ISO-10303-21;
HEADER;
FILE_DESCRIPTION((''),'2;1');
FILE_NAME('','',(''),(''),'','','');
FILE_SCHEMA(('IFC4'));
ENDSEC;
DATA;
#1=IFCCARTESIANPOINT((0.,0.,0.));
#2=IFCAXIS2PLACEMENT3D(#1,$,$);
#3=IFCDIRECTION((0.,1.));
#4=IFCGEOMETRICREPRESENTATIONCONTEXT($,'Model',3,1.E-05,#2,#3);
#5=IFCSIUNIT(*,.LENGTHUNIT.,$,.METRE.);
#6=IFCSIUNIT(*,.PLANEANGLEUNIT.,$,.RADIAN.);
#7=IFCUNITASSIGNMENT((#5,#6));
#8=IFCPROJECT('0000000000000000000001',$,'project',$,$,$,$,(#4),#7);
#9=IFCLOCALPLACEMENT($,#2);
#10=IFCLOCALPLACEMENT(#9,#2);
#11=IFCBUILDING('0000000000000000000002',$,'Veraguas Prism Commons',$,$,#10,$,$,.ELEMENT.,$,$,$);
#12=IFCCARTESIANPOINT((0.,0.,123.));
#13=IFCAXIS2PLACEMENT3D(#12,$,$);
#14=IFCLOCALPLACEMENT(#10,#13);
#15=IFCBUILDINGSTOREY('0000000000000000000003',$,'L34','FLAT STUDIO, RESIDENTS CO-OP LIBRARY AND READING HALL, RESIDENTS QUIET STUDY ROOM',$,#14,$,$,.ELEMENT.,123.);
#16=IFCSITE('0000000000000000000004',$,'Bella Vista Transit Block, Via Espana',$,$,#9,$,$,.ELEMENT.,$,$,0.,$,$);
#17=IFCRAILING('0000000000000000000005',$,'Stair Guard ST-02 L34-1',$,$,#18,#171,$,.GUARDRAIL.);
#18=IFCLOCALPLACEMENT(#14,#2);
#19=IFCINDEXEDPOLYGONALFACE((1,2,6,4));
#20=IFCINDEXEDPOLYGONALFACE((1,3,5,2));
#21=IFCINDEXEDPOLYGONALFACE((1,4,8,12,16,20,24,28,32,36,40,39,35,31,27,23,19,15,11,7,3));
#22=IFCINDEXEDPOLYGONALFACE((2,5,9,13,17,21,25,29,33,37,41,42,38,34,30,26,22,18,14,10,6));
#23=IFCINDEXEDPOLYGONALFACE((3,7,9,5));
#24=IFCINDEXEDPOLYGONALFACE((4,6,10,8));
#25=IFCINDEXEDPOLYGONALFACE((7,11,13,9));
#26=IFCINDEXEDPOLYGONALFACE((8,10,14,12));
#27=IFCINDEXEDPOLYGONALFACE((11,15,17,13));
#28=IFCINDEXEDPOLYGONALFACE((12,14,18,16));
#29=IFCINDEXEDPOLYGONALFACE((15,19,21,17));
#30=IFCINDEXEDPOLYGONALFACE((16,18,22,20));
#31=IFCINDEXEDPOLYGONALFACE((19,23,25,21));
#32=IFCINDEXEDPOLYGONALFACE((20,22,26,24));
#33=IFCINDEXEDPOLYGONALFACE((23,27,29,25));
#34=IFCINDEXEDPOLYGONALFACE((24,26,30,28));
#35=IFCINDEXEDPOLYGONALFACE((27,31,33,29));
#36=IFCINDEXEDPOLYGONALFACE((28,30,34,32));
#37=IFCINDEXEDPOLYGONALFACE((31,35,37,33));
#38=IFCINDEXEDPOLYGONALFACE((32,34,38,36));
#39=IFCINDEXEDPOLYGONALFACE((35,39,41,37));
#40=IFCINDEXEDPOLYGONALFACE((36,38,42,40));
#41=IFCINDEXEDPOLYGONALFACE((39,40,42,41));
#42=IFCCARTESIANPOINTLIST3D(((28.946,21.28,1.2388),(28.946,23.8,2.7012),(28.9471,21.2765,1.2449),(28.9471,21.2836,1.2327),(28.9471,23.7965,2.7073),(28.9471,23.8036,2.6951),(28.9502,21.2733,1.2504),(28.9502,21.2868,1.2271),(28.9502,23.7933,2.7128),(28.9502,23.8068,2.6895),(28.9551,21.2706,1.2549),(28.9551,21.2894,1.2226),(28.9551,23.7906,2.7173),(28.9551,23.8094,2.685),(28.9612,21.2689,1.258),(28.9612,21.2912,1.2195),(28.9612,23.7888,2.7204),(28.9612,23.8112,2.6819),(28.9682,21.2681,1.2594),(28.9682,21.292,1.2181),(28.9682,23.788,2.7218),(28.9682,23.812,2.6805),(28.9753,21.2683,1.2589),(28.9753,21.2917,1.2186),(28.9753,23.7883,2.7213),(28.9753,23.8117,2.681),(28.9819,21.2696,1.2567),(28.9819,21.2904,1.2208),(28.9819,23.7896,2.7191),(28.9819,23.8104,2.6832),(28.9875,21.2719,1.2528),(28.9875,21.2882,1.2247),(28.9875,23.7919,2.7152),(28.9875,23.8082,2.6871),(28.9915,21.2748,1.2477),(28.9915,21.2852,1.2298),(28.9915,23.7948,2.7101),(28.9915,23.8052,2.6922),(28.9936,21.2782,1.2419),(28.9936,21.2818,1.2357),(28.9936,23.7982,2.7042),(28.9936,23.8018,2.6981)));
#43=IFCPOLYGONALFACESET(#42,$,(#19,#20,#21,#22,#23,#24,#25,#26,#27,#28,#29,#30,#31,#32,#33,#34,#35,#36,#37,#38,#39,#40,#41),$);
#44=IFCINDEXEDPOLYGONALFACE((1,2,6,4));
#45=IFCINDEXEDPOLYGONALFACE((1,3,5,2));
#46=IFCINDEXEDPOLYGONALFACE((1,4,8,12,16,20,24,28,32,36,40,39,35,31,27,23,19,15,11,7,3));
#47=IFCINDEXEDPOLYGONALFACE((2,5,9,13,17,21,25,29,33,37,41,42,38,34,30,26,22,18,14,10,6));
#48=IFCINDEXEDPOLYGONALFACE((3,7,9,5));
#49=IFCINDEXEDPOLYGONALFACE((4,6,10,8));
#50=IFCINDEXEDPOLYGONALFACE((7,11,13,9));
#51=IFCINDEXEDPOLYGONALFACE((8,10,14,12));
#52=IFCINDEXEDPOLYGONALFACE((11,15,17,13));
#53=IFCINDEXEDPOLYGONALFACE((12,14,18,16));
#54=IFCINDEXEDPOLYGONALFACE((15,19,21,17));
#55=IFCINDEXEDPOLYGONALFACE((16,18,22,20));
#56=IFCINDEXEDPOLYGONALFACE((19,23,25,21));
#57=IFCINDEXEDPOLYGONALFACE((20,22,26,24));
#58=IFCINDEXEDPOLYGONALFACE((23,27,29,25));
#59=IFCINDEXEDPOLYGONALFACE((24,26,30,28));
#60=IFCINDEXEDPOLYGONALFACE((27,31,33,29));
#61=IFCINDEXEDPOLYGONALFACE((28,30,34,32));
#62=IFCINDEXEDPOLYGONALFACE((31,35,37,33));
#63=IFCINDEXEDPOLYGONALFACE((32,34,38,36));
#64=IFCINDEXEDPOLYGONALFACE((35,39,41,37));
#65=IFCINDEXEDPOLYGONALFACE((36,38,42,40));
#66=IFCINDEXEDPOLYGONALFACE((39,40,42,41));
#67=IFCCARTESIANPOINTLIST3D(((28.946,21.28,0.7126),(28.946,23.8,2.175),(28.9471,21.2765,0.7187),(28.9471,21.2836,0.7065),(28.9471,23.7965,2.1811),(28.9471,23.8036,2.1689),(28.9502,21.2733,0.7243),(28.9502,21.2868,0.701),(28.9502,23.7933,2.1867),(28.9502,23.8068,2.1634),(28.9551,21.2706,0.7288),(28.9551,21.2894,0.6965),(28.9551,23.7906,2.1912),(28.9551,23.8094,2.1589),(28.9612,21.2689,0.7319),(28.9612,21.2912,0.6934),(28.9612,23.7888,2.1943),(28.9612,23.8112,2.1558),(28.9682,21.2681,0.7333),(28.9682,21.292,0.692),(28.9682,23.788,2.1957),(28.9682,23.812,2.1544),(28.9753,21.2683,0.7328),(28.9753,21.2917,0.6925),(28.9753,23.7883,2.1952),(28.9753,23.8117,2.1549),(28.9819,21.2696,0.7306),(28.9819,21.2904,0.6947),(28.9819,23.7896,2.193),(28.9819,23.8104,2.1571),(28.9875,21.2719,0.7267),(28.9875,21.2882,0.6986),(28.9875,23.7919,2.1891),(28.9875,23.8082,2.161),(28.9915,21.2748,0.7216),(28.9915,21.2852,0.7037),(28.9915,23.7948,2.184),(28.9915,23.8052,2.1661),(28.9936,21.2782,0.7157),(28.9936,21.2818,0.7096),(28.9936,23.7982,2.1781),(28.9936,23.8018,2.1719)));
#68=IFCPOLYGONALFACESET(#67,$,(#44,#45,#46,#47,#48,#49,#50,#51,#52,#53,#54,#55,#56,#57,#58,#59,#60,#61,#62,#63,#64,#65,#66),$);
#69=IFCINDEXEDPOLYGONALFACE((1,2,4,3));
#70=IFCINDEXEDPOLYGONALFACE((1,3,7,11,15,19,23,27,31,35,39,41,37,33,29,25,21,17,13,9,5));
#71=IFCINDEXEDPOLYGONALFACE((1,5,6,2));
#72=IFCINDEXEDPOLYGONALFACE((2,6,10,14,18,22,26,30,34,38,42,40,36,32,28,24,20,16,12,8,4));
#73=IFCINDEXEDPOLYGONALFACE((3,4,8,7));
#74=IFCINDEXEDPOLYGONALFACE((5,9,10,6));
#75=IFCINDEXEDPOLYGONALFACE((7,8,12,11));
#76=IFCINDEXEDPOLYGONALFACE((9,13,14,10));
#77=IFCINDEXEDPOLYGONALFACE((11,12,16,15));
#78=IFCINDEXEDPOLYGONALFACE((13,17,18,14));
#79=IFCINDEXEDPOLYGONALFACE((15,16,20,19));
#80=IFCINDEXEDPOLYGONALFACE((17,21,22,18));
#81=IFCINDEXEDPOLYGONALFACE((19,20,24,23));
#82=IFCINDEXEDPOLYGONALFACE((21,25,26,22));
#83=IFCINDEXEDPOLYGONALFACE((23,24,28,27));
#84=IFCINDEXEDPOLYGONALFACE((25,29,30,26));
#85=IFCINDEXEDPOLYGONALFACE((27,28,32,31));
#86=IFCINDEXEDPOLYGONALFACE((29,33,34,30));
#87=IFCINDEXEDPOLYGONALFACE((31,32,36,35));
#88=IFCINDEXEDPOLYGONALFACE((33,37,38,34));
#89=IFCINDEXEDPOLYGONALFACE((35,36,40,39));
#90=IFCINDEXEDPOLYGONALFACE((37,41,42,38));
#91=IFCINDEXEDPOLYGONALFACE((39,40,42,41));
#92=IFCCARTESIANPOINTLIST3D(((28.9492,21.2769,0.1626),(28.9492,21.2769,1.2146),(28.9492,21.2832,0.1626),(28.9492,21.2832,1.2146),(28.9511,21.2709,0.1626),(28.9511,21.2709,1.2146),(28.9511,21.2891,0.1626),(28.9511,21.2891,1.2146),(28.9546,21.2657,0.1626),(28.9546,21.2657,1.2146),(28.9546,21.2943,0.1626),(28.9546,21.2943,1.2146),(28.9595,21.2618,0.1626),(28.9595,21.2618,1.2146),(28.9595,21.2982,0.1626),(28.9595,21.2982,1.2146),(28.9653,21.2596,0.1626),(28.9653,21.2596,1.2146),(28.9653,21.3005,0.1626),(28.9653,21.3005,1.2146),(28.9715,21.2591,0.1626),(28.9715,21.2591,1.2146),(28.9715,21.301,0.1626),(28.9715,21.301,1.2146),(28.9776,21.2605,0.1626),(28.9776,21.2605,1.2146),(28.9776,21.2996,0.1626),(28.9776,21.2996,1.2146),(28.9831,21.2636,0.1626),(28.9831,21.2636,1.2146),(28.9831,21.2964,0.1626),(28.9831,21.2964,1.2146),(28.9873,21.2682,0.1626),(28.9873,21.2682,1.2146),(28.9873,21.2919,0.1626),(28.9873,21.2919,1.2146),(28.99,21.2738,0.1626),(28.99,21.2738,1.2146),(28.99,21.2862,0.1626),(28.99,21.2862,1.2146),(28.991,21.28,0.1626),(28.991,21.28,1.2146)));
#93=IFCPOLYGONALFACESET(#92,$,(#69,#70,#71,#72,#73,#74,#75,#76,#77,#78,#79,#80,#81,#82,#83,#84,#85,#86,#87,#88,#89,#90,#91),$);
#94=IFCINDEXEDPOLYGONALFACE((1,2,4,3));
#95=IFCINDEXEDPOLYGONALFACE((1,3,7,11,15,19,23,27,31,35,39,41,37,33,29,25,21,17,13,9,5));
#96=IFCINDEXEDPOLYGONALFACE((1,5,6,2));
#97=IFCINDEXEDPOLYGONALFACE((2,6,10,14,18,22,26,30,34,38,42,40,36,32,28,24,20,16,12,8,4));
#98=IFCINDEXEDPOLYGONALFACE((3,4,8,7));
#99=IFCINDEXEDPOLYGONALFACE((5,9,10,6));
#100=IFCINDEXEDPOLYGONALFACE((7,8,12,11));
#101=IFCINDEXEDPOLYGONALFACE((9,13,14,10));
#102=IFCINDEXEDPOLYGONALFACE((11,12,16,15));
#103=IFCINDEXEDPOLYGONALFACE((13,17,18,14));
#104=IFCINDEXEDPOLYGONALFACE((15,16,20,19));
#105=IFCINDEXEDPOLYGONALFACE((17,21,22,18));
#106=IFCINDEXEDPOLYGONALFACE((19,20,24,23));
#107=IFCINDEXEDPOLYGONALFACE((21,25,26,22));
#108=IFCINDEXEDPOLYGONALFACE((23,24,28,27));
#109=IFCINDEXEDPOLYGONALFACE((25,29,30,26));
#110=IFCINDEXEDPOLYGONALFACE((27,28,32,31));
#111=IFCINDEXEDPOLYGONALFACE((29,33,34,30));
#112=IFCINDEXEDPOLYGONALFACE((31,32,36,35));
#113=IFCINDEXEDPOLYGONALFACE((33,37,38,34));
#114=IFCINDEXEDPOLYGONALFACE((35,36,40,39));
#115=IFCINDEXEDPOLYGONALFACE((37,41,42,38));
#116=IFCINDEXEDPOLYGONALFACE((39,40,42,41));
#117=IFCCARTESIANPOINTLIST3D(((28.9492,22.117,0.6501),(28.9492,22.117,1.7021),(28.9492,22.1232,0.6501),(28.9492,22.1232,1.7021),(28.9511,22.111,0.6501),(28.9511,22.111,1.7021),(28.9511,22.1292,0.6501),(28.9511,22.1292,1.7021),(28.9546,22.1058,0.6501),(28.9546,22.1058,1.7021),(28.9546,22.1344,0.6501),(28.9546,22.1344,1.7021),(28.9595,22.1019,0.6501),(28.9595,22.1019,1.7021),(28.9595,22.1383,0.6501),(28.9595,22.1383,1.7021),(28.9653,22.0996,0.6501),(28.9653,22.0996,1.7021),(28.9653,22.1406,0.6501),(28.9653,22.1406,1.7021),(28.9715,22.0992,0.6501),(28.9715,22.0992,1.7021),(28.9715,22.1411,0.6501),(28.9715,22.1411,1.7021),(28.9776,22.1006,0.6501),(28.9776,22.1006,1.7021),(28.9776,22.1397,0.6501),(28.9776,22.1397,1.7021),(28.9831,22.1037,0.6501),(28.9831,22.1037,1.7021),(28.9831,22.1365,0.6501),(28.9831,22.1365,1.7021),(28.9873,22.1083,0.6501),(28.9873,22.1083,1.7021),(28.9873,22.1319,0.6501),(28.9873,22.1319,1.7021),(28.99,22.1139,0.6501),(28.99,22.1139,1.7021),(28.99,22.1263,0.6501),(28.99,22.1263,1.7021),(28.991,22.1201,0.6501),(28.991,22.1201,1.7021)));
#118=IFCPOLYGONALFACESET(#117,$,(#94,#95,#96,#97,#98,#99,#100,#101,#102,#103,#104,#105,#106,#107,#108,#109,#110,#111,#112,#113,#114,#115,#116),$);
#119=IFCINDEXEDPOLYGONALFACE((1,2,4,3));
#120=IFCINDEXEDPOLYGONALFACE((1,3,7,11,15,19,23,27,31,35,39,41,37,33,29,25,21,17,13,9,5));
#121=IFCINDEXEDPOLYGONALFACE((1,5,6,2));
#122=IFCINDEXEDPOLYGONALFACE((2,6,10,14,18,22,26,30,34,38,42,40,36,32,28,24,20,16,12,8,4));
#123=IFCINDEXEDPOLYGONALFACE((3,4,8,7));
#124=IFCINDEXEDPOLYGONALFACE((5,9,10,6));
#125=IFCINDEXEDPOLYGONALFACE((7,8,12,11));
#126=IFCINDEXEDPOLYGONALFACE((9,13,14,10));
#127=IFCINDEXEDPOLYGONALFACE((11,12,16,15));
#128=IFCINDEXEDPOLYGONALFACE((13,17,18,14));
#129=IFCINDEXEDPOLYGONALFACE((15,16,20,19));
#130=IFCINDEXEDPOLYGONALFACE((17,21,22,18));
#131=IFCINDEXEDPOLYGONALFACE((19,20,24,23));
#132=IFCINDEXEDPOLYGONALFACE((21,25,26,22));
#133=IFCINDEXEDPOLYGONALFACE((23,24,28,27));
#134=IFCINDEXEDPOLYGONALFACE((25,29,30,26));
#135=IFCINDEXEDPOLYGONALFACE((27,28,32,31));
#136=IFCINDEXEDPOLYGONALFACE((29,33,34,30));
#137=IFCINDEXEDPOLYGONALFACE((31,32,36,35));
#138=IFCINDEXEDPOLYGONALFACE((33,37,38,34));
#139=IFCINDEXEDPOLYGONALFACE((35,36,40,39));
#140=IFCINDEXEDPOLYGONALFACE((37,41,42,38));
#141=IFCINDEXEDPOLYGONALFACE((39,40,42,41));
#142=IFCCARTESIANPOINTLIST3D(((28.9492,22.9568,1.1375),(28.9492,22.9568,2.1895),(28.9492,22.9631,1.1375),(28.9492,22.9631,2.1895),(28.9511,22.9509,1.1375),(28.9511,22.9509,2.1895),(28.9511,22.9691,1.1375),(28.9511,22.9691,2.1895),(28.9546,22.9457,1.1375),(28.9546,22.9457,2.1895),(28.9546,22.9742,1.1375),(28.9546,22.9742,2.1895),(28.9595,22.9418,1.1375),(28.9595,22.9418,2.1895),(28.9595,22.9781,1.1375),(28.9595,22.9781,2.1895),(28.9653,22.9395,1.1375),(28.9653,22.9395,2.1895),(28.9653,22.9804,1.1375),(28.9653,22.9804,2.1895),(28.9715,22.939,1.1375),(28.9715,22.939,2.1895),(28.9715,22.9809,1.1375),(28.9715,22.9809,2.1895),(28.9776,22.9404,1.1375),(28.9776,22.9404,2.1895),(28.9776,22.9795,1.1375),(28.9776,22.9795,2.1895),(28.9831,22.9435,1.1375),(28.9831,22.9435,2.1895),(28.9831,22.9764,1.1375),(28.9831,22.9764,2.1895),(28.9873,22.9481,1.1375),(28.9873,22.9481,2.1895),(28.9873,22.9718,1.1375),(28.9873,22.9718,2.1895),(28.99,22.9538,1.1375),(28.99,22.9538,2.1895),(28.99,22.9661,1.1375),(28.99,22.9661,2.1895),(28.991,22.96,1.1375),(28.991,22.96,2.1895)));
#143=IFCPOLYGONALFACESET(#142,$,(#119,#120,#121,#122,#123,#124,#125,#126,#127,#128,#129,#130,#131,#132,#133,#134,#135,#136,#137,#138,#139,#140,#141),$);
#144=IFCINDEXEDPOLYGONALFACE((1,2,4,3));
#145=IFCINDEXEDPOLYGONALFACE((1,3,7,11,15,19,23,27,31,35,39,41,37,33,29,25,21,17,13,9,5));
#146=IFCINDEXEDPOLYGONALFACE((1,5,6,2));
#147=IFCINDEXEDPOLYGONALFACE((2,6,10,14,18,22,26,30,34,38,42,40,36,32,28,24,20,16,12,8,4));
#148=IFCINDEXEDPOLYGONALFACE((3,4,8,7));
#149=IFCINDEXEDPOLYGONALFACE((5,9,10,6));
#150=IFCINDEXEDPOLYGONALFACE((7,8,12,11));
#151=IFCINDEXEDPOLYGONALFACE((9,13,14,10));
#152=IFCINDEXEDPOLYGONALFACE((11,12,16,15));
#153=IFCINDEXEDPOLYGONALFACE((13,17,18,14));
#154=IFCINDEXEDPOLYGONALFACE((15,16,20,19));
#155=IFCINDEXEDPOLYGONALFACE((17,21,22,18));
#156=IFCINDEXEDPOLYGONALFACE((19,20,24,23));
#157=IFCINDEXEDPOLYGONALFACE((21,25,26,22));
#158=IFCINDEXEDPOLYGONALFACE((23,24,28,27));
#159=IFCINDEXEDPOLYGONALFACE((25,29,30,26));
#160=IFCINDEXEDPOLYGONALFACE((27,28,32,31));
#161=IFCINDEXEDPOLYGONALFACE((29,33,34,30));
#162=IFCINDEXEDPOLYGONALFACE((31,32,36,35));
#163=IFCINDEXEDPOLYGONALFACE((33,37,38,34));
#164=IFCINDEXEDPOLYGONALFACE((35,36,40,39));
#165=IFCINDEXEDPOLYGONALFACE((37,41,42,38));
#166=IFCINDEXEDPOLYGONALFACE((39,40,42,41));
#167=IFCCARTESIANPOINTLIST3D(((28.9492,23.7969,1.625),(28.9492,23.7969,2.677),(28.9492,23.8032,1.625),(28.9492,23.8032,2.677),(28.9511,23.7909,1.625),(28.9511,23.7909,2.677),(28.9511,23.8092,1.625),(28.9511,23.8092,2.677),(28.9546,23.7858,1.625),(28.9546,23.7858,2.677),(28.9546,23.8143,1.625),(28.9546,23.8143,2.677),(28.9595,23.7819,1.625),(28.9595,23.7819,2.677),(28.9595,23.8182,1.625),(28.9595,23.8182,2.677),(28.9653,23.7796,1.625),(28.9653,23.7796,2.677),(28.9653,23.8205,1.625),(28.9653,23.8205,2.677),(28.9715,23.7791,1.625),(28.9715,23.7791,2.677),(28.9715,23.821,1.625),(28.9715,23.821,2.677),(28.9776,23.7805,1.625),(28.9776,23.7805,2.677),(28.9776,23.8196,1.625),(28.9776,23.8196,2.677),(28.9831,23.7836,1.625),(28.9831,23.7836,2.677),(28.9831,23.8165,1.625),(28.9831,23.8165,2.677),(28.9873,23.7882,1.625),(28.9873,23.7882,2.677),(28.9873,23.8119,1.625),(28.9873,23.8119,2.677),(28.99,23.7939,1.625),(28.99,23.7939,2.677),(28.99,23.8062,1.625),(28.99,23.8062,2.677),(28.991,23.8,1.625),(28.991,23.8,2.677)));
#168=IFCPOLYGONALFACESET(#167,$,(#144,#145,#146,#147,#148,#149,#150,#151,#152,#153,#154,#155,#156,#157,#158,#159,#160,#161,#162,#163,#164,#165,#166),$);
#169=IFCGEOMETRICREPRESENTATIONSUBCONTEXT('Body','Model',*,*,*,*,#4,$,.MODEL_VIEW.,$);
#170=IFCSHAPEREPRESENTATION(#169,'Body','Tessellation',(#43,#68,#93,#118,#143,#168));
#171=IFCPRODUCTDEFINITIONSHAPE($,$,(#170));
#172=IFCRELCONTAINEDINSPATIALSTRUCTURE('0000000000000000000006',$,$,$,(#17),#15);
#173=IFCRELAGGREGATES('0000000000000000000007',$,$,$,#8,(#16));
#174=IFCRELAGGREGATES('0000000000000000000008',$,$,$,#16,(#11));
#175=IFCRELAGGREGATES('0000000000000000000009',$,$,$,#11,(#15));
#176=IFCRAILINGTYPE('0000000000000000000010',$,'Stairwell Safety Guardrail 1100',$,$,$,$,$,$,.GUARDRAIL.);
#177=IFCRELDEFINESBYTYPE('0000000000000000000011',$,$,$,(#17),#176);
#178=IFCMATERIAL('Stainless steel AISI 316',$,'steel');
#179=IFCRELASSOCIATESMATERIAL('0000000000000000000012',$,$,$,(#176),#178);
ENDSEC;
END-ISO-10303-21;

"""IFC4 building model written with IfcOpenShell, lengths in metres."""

from ifc_helpers import new_model, si_unit, direction, frame, origin, origin_2d, place, context, subcontext, project, spatial, circle, extrude, material, type_object, element, save


model = new_model("IFC4")

# Units and contexts
model_context = context("Model", 3, precision=1e-05, world=origin(), true_north=direction((0.0, 1.0)))
body_context = subcontext(model_context, "Body", "Model", "MODEL_VIEW")
ifc_project = project(units=[si_unit("LENGTHUNIT", "METRE"), si_unit("PLANEANGLEUNIT", "RADIAN")], contexts=[model_context])

# Site, building, storey
site_placement = place(None, origin())
site = spatial("IfcSite", under=ifc_project, at=site_placement, Name="Bella Vista Transit Block, Via Espana", CompositionType="ELEMENT", RefElevation=0.0)
building_placement = place(site_placement, origin())
building = spatial("IfcBuilding", under=site, at=building_placement, Name="Veraguas Prism Commons", CompositionType="ELEMENT")
storey_placement = place(building_placement, frame((0.0, 0.0, 123.0)))
storey = spatial("IfcBuildingStorey", under=building, at=storey_placement, Name="L34", Description="FLAT STUDIO, RESIDENTS CO-OP LIBRARY AND READING HALL, RESIDENTS QUIET STUDY ROOM", CompositionType="ELEMENT", Elevation=123.0)

# Shared definitions
ifc_material_1 = material(Name="Stainless steel AISI 316", Category="steel")

# Railing
railing_type_1 = type_object("IfcRailingType", Name="Stairwell Safety Guardrail 1100", PredefinedType="GUARDRAIL", material=ifc_material_1)
railing_1_placement = place(storey_placement, frame((28.97, 21.28, 0.1626)))
element("IfcRailing", 1, at=railing_1_placement, inside=storey, type_object=railing_type_1, Name="Stair Guard ST-02 L34-1", PredefinedType="GUARDRAIL", context=body_context, shape_type="SweptSolid", body=[
    extrude(circle(Radius=0.0239, at=origin_2d()), frame((0.0, 0.0, 1.0762), z_axis=(0.0, 0.864913, 0.501921), x_axis=(-1.0, 0.0, 0.0)), (0.0, 0.0, 1.0), 2.9136),
    extrude(circle(Radius=0.0239, at=origin_2d()), frame((0.0, 0.0, 0.55), z_axis=(0.0, 0.864913, 0.501921), x_axis=(-1.0, 0.0, 0.0)), (0.0, 0.0, 1.0), 2.9136),
    extrude(circle(Radius=0.021, at=origin_2d()), origin(), (0.0, 0.0, 1.0), 1.052),
    extrude(circle(Radius=0.021, at=origin_2d()), frame((0.0, 0.8401, 0.4875)), (0.0, 0.0, 1.0), 1.052),
    extrude(circle(Radius=0.021, at=origin_2d()), frame((0.0, 1.6799, 0.9749)), (0.0, 0.0, 1.0), 1.052),
    extrude(circle(Radius=0.021, at=origin_2d()), frame((0.0, 2.52, 1.4624)), (0.0, 0.0, 1.0), 1.052),
])

save(model, "model.ifc")
